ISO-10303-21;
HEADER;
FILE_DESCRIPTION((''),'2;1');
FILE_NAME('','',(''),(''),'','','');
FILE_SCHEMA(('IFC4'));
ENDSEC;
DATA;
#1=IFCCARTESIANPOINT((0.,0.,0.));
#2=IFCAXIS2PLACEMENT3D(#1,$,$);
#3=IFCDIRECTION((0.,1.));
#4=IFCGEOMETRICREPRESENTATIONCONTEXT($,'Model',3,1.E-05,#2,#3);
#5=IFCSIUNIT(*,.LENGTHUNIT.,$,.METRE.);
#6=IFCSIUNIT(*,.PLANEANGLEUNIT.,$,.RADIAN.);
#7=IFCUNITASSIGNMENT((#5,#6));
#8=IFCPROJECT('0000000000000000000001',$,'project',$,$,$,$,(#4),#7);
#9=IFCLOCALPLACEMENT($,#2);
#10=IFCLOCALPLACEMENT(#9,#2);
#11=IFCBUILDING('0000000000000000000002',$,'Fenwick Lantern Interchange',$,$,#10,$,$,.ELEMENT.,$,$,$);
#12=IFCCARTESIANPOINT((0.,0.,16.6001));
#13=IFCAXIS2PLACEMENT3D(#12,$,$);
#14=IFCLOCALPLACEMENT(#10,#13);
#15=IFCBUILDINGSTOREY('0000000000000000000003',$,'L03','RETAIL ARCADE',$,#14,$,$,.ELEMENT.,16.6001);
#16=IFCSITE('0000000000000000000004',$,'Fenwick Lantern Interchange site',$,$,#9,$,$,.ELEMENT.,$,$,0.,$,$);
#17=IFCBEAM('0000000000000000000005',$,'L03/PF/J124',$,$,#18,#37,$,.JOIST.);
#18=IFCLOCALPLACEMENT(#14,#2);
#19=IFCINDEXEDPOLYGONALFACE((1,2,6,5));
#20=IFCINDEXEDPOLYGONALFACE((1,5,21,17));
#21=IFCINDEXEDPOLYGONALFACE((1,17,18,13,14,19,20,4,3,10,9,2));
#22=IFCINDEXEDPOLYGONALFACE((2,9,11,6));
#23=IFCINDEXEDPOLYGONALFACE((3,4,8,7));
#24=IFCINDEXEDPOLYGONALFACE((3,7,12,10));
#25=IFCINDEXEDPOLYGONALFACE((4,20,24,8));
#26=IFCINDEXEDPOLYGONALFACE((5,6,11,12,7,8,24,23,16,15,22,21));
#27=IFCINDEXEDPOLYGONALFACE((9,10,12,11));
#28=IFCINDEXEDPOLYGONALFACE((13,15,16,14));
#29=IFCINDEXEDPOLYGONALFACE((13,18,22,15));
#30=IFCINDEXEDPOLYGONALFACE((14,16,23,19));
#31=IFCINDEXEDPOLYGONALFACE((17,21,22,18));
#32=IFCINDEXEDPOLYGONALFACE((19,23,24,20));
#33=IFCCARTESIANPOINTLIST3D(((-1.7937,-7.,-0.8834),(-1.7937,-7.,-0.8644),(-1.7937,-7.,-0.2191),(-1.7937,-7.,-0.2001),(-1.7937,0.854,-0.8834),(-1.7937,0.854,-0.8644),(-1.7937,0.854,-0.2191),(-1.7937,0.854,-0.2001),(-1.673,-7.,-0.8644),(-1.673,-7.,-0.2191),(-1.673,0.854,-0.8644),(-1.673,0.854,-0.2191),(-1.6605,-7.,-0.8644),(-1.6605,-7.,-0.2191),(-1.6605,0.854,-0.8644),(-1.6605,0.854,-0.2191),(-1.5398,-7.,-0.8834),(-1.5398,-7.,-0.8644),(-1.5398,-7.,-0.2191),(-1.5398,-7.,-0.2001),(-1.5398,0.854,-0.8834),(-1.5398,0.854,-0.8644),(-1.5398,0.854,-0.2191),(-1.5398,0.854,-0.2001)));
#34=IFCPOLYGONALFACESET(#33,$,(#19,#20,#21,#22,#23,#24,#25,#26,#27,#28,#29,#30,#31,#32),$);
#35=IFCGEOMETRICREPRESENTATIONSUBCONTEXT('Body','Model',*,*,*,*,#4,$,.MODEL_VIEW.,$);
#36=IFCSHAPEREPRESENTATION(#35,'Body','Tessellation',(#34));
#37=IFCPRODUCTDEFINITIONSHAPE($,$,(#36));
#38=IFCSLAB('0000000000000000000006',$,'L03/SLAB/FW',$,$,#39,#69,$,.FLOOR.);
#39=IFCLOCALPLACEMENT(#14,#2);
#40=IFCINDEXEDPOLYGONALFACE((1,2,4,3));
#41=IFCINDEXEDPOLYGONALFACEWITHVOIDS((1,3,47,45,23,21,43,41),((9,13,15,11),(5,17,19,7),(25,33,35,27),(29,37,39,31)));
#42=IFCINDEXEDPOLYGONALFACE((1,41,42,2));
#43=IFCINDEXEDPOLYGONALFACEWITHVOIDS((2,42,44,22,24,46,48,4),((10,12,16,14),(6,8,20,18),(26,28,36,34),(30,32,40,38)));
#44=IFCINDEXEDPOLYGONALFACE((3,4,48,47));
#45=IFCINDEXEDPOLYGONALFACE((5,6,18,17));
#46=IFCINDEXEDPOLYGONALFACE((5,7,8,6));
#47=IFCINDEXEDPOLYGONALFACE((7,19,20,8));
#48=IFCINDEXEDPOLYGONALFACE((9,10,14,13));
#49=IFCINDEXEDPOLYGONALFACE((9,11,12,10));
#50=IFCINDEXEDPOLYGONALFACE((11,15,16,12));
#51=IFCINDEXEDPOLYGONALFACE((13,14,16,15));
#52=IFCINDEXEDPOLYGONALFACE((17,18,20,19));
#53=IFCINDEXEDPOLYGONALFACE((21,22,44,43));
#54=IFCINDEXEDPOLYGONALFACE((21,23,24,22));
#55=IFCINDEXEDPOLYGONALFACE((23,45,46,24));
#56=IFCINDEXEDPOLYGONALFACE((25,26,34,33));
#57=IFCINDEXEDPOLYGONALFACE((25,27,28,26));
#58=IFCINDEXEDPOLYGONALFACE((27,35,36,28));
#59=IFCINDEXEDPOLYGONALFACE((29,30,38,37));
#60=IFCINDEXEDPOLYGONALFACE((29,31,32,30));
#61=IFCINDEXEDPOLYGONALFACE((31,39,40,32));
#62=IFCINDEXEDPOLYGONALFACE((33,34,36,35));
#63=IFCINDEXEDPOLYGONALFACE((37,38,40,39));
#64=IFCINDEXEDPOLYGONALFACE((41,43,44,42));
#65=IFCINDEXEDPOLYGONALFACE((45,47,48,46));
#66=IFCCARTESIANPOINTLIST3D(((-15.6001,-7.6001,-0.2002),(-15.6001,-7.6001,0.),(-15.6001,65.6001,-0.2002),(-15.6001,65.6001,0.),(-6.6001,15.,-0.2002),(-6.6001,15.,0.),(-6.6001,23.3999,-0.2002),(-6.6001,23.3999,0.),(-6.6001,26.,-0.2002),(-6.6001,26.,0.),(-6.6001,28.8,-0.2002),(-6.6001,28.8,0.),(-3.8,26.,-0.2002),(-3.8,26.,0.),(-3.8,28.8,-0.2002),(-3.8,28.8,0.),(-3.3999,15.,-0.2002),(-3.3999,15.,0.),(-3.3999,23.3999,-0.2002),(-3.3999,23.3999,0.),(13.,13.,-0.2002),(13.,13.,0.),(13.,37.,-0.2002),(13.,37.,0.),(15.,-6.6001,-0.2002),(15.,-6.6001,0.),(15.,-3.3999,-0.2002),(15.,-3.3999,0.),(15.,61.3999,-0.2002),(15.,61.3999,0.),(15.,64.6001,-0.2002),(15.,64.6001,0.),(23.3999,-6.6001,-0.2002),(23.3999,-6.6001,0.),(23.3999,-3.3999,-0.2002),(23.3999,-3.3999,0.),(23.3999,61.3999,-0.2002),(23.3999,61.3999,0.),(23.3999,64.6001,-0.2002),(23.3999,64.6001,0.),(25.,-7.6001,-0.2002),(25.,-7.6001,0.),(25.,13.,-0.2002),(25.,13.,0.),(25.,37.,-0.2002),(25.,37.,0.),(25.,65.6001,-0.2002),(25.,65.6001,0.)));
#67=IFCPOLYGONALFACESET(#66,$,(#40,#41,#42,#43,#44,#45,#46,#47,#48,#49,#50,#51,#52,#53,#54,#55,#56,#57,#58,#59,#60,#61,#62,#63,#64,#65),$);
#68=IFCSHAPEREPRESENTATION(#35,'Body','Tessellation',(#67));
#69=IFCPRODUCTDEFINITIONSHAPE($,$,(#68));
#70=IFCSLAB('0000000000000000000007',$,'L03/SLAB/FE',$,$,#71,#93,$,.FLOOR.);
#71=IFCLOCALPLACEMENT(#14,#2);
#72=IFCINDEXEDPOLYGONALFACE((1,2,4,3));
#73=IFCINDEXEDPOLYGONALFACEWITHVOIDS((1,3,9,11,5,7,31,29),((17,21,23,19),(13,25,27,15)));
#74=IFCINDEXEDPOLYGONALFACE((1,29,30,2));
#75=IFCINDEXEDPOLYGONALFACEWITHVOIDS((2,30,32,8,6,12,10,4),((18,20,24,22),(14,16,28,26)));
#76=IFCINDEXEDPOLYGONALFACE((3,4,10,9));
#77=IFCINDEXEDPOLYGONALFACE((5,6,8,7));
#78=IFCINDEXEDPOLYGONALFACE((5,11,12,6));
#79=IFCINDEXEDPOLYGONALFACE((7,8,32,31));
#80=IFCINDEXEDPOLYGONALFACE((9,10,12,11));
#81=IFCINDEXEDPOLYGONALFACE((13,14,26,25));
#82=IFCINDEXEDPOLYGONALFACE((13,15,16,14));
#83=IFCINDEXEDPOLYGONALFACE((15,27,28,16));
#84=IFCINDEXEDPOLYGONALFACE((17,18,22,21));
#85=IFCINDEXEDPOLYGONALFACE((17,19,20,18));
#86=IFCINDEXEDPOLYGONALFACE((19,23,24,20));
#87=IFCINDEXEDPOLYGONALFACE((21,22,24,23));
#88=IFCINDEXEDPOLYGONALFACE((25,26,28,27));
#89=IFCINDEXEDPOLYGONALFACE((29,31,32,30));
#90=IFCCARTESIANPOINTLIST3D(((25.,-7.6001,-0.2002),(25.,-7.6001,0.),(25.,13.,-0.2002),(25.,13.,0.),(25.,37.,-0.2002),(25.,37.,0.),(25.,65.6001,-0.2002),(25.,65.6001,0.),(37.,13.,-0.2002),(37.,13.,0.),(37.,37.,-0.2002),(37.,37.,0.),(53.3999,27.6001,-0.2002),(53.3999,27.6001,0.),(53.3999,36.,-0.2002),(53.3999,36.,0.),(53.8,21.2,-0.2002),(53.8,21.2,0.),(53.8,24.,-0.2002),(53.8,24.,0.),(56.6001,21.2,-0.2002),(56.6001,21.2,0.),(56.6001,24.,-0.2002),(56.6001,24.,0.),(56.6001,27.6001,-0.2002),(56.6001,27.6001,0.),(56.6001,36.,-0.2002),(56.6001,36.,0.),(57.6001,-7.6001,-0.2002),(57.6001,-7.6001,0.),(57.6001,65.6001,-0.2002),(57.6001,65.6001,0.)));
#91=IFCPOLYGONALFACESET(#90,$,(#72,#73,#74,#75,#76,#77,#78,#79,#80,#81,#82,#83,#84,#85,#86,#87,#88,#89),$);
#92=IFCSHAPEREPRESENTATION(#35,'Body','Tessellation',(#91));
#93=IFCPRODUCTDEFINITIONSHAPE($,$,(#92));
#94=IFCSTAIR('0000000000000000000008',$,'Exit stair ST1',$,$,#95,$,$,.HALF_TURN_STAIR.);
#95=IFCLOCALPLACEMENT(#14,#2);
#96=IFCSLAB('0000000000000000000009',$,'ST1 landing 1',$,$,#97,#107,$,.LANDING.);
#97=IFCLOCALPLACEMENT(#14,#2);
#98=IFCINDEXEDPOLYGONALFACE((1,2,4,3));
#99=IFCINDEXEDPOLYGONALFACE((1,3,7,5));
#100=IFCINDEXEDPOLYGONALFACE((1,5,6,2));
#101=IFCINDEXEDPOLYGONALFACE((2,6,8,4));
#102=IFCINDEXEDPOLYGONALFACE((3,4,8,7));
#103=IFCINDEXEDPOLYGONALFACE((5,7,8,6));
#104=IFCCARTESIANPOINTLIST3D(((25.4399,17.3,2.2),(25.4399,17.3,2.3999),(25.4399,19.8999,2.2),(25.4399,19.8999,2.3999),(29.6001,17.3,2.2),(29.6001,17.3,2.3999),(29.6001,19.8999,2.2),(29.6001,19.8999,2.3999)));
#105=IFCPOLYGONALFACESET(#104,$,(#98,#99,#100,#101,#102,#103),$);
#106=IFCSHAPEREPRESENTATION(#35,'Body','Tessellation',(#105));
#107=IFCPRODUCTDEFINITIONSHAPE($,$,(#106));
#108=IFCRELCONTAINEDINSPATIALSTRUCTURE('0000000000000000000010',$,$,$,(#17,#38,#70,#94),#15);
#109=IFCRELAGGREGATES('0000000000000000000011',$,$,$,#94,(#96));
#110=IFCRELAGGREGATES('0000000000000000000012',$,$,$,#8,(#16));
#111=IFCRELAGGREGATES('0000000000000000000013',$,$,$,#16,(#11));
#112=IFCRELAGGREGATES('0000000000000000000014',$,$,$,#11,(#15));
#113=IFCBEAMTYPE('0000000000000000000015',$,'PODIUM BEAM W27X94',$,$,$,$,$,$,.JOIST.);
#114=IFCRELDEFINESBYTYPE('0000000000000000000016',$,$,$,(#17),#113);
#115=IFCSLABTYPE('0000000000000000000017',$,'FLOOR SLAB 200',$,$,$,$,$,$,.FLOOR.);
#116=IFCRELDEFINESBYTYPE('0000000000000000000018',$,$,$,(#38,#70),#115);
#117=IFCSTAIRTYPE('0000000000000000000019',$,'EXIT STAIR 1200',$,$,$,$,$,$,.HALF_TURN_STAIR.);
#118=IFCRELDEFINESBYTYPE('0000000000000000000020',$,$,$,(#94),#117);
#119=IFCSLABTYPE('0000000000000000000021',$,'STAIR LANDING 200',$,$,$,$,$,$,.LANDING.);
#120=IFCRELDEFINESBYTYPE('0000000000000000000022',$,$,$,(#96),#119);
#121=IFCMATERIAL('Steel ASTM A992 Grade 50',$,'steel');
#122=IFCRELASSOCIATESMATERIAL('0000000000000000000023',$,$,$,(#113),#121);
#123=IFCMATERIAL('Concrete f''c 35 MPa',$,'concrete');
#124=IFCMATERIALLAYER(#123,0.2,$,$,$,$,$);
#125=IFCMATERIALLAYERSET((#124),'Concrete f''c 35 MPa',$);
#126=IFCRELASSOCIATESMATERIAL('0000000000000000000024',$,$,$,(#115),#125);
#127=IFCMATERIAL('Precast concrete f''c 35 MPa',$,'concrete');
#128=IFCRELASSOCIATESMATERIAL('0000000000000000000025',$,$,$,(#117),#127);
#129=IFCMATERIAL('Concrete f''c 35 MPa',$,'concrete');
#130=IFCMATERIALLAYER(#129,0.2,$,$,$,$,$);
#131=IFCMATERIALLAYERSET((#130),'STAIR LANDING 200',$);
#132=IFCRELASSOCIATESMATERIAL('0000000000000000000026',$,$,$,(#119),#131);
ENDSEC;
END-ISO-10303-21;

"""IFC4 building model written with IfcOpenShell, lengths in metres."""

from ifc_helpers import new_model, si_unit, direction, frame, origin, origin_2d, place, context, subcontext, project, spatial, polyline, i_section, outline, extrude, material, layer, layer_set, material_profile, profile_set, type_object, element, aggregate, save


model = new_model("IFC4")

# Units and contexts
model_context = context("Model", 3, precision=1e-05, world=origin(), true_north=direction((0.0, 1.0)))
body_context = subcontext(model_context, "Body", "Model", "MODEL_VIEW")
ifc_project = project(units=[si_unit("LENGTHUNIT", "METRE"), si_unit("PLANEANGLEUNIT", "RADIAN")], contexts=[model_context])

# Site, building, storey
site_placement = place(None, origin())
site = spatial("IfcSite", under=ifc_project, at=site_placement, Name="Fenwick Lantern Interchange site", CompositionType="ELEMENT", RefElevation=0.0)
building_placement = place(site_placement, origin())
building = spatial("IfcBuilding", under=site, at=building_placement, Name="Fenwick Lantern Interchange", CompositionType="ELEMENT")
storey_placement = place(building_placement, frame((0.0, 0.0, 16.6001)))
storey = spatial("IfcBuildingStorey", under=building, at=storey_placement, Name="L03", Description="RETAIL ARCADE", CompositionType="ELEMENT", Elevation=16.6001)

# Shared definitions
ifc_material_1 = material(Name="Steel ASTM A992 Grade 50", Category="steel")

# Beam
ifc_material_profile_1 = material_profile(ifc_material_1, i_section(OverallWidth=0.2539, OverallDepth=0.6833, WebThickness=0.0125, FlangeThickness=0.019, at=origin_2d()), Name="W27X94")
ifc_profile_set_1 = profile_set([ifc_material_profile_1], Name="Steel ASTM A992 Grade 50")
beam_type_1 = type_object("IfcBeamType", Name="PODIUM BEAM W27X94", PredefinedType="JOIST", material=ifc_profile_set_1)
for number, where, z_axis, x_axis, name in (
    (1, (-1.6667, -7.0, -0.5417), (0.0, 1.0, 0.0), (-1.0, 0.0, 0.0), "L03/PF/J124"),
):
    element("IfcBeam", number, at=place(storey_placement, frame(where, z_axis=z_axis, x_axis=x_axis)), inside=storey, type_object=beam_type_1, Name=name, PredefinedType="JOIST", context=body_context, shape_type="SweptSolid", body=[
        extrude(i_section(OverallWidth=0.2539, OverallDepth=0.6833, WebThickness=0.0125, FlangeThickness=0.019, at=origin_2d()), origin(), (0.0, 0.0, 1.0), 7.854),
    ])

# Slabs
ifc_material_2 = material(Name="Concrete f'c 35 MPa", Category="concrete")
ifc_layer_1 = layer(ifc_material_2, 0.2)
ifc_layer_set_1 = layer_set([ifc_layer_1], Name="Concrete f'c 35 MPa")
slab_type_1 = type_object("IfcSlabType", Name="FLOOR SLAB 200", PredefinedType="FLOOR", material=ifc_layer_set_1)
slab_1_placement = place(storey_placement, frame((0.0, 0.0, -0.2002)))
element("IfcSlab", 2, at=slab_1_placement, inside=storey, type_object=slab_type_1, Name="L03/SLAB/FW", PredefinedType="FLOOR", context=body_context, shape_type="SweptSolid", body=[
    extrude(outline(polyline([(-15.6001, -7.6001), (-15.6001, 65.6001), (25.0, 65.6001), (25.0, 37.0), (13.0, 37.0), (13.0, 13.0), (25.0, 13.0), (25.0, -7.6001), (-15.6001, -7.6001)]), holes=[polyline([(23.3999, 61.3999), (23.3999, 64.6001), (15.0, 64.6001), (15.0, 61.3999), (23.3999, 61.3999)]), polyline([(23.3999, -6.6001), (23.3999, -3.3999), (15.0, -3.3999), (15.0, -6.6001), (23.3999, -6.6001)]), polyline([(-3.3999, 15.0), (-3.3999, 23.3999), (-6.6001, 23.3999), (-6.6001, 15.0), (-3.3999, 15.0)]), polyline([(-3.8, 26.0), (-3.8, 28.8), (-6.6001, 28.8), (-6.6001, 26.0), (-3.8, 26.0)])]), origin(), (0.0, 0.0, 1.0), 0.2002),
])
slab_2_placement = place(storey_placement, frame((0.0, 0.0, -0.2002)))
element("IfcSlab", 3, at=slab_2_placement, inside=storey, type_object=slab_type_1, Name="L03/SLAB/FE", PredefinedType="FLOOR", context=body_context, shape_type="SweptSolid", body=[
    extrude(outline(polyline([(57.6001, 65.6001), (57.6001, -7.6001), (25.0, -7.6001), (25.0, 13.0), (37.0, 13.0), (37.0, 37.0), (25.0, 37.0), (25.0, 65.6001), (57.6001, 65.6001)]), holes=[polyline([(56.6001, 27.6001), (56.6001, 36.0), (53.3999, 36.0), (53.3999, 27.6001), (56.6001, 27.6001)]), polyline([(56.6001, 21.2), (56.6001, 24.0), (53.8, 24.0), (53.8, 21.2), (56.6001, 21.2)])]), origin(), (0.0, 0.0, 1.0), 0.2002),
])

# Stair, slab
ifc_material_3 = material(Name="Precast concrete f'c 35 MPa", Category="concrete")
stair_type = type_object("IfcStairType", Name="EXIT STAIR 1200", PredefinedType="HALF_TURN_STAIR", material=ifc_material_3)
stair_placement = place(storey_placement, origin())
stair = element("IfcStair", 4, at=stair_placement, inside=storey, type_object=stair_type, Name="Exit stair ST1", PredefinedType="HALF_TURN_STAIR")
ifc_material_4 = material(Name="Concrete f'c 35 MPa", Category="concrete")
ifc_layer_2 = layer(ifc_material_4, 0.2)
ifc_layer_set_2 = layer_set([ifc_layer_2], Name="STAIR LANDING 200")
slab_type_2 = type_object("IfcSlabType", Name="STAIR LANDING 200", PredefinedType="LANDING", material=ifc_layer_set_2)
slab_3_placement = place(storey_placement, frame((0.0, 0.0, 2.2)))
slab_3 = element("IfcSlab", 5, at=slab_3_placement, type_object=slab_type_2, Name="ST1 landing 1", PredefinedType="LANDING", context=body_context, shape_type="SweptSolid", body=[
    extrude(outline(polyline([(25.4399, 17.3), (29.6001, 17.3), (29.6001, 19.8999), (25.4399, 19.8999), (25.4399, 17.3)])), origin(), (0.0, 0.0, 1.0), 0.2),
])
aggregate(stair, [slab_3])

save(model, "model.ifc")
